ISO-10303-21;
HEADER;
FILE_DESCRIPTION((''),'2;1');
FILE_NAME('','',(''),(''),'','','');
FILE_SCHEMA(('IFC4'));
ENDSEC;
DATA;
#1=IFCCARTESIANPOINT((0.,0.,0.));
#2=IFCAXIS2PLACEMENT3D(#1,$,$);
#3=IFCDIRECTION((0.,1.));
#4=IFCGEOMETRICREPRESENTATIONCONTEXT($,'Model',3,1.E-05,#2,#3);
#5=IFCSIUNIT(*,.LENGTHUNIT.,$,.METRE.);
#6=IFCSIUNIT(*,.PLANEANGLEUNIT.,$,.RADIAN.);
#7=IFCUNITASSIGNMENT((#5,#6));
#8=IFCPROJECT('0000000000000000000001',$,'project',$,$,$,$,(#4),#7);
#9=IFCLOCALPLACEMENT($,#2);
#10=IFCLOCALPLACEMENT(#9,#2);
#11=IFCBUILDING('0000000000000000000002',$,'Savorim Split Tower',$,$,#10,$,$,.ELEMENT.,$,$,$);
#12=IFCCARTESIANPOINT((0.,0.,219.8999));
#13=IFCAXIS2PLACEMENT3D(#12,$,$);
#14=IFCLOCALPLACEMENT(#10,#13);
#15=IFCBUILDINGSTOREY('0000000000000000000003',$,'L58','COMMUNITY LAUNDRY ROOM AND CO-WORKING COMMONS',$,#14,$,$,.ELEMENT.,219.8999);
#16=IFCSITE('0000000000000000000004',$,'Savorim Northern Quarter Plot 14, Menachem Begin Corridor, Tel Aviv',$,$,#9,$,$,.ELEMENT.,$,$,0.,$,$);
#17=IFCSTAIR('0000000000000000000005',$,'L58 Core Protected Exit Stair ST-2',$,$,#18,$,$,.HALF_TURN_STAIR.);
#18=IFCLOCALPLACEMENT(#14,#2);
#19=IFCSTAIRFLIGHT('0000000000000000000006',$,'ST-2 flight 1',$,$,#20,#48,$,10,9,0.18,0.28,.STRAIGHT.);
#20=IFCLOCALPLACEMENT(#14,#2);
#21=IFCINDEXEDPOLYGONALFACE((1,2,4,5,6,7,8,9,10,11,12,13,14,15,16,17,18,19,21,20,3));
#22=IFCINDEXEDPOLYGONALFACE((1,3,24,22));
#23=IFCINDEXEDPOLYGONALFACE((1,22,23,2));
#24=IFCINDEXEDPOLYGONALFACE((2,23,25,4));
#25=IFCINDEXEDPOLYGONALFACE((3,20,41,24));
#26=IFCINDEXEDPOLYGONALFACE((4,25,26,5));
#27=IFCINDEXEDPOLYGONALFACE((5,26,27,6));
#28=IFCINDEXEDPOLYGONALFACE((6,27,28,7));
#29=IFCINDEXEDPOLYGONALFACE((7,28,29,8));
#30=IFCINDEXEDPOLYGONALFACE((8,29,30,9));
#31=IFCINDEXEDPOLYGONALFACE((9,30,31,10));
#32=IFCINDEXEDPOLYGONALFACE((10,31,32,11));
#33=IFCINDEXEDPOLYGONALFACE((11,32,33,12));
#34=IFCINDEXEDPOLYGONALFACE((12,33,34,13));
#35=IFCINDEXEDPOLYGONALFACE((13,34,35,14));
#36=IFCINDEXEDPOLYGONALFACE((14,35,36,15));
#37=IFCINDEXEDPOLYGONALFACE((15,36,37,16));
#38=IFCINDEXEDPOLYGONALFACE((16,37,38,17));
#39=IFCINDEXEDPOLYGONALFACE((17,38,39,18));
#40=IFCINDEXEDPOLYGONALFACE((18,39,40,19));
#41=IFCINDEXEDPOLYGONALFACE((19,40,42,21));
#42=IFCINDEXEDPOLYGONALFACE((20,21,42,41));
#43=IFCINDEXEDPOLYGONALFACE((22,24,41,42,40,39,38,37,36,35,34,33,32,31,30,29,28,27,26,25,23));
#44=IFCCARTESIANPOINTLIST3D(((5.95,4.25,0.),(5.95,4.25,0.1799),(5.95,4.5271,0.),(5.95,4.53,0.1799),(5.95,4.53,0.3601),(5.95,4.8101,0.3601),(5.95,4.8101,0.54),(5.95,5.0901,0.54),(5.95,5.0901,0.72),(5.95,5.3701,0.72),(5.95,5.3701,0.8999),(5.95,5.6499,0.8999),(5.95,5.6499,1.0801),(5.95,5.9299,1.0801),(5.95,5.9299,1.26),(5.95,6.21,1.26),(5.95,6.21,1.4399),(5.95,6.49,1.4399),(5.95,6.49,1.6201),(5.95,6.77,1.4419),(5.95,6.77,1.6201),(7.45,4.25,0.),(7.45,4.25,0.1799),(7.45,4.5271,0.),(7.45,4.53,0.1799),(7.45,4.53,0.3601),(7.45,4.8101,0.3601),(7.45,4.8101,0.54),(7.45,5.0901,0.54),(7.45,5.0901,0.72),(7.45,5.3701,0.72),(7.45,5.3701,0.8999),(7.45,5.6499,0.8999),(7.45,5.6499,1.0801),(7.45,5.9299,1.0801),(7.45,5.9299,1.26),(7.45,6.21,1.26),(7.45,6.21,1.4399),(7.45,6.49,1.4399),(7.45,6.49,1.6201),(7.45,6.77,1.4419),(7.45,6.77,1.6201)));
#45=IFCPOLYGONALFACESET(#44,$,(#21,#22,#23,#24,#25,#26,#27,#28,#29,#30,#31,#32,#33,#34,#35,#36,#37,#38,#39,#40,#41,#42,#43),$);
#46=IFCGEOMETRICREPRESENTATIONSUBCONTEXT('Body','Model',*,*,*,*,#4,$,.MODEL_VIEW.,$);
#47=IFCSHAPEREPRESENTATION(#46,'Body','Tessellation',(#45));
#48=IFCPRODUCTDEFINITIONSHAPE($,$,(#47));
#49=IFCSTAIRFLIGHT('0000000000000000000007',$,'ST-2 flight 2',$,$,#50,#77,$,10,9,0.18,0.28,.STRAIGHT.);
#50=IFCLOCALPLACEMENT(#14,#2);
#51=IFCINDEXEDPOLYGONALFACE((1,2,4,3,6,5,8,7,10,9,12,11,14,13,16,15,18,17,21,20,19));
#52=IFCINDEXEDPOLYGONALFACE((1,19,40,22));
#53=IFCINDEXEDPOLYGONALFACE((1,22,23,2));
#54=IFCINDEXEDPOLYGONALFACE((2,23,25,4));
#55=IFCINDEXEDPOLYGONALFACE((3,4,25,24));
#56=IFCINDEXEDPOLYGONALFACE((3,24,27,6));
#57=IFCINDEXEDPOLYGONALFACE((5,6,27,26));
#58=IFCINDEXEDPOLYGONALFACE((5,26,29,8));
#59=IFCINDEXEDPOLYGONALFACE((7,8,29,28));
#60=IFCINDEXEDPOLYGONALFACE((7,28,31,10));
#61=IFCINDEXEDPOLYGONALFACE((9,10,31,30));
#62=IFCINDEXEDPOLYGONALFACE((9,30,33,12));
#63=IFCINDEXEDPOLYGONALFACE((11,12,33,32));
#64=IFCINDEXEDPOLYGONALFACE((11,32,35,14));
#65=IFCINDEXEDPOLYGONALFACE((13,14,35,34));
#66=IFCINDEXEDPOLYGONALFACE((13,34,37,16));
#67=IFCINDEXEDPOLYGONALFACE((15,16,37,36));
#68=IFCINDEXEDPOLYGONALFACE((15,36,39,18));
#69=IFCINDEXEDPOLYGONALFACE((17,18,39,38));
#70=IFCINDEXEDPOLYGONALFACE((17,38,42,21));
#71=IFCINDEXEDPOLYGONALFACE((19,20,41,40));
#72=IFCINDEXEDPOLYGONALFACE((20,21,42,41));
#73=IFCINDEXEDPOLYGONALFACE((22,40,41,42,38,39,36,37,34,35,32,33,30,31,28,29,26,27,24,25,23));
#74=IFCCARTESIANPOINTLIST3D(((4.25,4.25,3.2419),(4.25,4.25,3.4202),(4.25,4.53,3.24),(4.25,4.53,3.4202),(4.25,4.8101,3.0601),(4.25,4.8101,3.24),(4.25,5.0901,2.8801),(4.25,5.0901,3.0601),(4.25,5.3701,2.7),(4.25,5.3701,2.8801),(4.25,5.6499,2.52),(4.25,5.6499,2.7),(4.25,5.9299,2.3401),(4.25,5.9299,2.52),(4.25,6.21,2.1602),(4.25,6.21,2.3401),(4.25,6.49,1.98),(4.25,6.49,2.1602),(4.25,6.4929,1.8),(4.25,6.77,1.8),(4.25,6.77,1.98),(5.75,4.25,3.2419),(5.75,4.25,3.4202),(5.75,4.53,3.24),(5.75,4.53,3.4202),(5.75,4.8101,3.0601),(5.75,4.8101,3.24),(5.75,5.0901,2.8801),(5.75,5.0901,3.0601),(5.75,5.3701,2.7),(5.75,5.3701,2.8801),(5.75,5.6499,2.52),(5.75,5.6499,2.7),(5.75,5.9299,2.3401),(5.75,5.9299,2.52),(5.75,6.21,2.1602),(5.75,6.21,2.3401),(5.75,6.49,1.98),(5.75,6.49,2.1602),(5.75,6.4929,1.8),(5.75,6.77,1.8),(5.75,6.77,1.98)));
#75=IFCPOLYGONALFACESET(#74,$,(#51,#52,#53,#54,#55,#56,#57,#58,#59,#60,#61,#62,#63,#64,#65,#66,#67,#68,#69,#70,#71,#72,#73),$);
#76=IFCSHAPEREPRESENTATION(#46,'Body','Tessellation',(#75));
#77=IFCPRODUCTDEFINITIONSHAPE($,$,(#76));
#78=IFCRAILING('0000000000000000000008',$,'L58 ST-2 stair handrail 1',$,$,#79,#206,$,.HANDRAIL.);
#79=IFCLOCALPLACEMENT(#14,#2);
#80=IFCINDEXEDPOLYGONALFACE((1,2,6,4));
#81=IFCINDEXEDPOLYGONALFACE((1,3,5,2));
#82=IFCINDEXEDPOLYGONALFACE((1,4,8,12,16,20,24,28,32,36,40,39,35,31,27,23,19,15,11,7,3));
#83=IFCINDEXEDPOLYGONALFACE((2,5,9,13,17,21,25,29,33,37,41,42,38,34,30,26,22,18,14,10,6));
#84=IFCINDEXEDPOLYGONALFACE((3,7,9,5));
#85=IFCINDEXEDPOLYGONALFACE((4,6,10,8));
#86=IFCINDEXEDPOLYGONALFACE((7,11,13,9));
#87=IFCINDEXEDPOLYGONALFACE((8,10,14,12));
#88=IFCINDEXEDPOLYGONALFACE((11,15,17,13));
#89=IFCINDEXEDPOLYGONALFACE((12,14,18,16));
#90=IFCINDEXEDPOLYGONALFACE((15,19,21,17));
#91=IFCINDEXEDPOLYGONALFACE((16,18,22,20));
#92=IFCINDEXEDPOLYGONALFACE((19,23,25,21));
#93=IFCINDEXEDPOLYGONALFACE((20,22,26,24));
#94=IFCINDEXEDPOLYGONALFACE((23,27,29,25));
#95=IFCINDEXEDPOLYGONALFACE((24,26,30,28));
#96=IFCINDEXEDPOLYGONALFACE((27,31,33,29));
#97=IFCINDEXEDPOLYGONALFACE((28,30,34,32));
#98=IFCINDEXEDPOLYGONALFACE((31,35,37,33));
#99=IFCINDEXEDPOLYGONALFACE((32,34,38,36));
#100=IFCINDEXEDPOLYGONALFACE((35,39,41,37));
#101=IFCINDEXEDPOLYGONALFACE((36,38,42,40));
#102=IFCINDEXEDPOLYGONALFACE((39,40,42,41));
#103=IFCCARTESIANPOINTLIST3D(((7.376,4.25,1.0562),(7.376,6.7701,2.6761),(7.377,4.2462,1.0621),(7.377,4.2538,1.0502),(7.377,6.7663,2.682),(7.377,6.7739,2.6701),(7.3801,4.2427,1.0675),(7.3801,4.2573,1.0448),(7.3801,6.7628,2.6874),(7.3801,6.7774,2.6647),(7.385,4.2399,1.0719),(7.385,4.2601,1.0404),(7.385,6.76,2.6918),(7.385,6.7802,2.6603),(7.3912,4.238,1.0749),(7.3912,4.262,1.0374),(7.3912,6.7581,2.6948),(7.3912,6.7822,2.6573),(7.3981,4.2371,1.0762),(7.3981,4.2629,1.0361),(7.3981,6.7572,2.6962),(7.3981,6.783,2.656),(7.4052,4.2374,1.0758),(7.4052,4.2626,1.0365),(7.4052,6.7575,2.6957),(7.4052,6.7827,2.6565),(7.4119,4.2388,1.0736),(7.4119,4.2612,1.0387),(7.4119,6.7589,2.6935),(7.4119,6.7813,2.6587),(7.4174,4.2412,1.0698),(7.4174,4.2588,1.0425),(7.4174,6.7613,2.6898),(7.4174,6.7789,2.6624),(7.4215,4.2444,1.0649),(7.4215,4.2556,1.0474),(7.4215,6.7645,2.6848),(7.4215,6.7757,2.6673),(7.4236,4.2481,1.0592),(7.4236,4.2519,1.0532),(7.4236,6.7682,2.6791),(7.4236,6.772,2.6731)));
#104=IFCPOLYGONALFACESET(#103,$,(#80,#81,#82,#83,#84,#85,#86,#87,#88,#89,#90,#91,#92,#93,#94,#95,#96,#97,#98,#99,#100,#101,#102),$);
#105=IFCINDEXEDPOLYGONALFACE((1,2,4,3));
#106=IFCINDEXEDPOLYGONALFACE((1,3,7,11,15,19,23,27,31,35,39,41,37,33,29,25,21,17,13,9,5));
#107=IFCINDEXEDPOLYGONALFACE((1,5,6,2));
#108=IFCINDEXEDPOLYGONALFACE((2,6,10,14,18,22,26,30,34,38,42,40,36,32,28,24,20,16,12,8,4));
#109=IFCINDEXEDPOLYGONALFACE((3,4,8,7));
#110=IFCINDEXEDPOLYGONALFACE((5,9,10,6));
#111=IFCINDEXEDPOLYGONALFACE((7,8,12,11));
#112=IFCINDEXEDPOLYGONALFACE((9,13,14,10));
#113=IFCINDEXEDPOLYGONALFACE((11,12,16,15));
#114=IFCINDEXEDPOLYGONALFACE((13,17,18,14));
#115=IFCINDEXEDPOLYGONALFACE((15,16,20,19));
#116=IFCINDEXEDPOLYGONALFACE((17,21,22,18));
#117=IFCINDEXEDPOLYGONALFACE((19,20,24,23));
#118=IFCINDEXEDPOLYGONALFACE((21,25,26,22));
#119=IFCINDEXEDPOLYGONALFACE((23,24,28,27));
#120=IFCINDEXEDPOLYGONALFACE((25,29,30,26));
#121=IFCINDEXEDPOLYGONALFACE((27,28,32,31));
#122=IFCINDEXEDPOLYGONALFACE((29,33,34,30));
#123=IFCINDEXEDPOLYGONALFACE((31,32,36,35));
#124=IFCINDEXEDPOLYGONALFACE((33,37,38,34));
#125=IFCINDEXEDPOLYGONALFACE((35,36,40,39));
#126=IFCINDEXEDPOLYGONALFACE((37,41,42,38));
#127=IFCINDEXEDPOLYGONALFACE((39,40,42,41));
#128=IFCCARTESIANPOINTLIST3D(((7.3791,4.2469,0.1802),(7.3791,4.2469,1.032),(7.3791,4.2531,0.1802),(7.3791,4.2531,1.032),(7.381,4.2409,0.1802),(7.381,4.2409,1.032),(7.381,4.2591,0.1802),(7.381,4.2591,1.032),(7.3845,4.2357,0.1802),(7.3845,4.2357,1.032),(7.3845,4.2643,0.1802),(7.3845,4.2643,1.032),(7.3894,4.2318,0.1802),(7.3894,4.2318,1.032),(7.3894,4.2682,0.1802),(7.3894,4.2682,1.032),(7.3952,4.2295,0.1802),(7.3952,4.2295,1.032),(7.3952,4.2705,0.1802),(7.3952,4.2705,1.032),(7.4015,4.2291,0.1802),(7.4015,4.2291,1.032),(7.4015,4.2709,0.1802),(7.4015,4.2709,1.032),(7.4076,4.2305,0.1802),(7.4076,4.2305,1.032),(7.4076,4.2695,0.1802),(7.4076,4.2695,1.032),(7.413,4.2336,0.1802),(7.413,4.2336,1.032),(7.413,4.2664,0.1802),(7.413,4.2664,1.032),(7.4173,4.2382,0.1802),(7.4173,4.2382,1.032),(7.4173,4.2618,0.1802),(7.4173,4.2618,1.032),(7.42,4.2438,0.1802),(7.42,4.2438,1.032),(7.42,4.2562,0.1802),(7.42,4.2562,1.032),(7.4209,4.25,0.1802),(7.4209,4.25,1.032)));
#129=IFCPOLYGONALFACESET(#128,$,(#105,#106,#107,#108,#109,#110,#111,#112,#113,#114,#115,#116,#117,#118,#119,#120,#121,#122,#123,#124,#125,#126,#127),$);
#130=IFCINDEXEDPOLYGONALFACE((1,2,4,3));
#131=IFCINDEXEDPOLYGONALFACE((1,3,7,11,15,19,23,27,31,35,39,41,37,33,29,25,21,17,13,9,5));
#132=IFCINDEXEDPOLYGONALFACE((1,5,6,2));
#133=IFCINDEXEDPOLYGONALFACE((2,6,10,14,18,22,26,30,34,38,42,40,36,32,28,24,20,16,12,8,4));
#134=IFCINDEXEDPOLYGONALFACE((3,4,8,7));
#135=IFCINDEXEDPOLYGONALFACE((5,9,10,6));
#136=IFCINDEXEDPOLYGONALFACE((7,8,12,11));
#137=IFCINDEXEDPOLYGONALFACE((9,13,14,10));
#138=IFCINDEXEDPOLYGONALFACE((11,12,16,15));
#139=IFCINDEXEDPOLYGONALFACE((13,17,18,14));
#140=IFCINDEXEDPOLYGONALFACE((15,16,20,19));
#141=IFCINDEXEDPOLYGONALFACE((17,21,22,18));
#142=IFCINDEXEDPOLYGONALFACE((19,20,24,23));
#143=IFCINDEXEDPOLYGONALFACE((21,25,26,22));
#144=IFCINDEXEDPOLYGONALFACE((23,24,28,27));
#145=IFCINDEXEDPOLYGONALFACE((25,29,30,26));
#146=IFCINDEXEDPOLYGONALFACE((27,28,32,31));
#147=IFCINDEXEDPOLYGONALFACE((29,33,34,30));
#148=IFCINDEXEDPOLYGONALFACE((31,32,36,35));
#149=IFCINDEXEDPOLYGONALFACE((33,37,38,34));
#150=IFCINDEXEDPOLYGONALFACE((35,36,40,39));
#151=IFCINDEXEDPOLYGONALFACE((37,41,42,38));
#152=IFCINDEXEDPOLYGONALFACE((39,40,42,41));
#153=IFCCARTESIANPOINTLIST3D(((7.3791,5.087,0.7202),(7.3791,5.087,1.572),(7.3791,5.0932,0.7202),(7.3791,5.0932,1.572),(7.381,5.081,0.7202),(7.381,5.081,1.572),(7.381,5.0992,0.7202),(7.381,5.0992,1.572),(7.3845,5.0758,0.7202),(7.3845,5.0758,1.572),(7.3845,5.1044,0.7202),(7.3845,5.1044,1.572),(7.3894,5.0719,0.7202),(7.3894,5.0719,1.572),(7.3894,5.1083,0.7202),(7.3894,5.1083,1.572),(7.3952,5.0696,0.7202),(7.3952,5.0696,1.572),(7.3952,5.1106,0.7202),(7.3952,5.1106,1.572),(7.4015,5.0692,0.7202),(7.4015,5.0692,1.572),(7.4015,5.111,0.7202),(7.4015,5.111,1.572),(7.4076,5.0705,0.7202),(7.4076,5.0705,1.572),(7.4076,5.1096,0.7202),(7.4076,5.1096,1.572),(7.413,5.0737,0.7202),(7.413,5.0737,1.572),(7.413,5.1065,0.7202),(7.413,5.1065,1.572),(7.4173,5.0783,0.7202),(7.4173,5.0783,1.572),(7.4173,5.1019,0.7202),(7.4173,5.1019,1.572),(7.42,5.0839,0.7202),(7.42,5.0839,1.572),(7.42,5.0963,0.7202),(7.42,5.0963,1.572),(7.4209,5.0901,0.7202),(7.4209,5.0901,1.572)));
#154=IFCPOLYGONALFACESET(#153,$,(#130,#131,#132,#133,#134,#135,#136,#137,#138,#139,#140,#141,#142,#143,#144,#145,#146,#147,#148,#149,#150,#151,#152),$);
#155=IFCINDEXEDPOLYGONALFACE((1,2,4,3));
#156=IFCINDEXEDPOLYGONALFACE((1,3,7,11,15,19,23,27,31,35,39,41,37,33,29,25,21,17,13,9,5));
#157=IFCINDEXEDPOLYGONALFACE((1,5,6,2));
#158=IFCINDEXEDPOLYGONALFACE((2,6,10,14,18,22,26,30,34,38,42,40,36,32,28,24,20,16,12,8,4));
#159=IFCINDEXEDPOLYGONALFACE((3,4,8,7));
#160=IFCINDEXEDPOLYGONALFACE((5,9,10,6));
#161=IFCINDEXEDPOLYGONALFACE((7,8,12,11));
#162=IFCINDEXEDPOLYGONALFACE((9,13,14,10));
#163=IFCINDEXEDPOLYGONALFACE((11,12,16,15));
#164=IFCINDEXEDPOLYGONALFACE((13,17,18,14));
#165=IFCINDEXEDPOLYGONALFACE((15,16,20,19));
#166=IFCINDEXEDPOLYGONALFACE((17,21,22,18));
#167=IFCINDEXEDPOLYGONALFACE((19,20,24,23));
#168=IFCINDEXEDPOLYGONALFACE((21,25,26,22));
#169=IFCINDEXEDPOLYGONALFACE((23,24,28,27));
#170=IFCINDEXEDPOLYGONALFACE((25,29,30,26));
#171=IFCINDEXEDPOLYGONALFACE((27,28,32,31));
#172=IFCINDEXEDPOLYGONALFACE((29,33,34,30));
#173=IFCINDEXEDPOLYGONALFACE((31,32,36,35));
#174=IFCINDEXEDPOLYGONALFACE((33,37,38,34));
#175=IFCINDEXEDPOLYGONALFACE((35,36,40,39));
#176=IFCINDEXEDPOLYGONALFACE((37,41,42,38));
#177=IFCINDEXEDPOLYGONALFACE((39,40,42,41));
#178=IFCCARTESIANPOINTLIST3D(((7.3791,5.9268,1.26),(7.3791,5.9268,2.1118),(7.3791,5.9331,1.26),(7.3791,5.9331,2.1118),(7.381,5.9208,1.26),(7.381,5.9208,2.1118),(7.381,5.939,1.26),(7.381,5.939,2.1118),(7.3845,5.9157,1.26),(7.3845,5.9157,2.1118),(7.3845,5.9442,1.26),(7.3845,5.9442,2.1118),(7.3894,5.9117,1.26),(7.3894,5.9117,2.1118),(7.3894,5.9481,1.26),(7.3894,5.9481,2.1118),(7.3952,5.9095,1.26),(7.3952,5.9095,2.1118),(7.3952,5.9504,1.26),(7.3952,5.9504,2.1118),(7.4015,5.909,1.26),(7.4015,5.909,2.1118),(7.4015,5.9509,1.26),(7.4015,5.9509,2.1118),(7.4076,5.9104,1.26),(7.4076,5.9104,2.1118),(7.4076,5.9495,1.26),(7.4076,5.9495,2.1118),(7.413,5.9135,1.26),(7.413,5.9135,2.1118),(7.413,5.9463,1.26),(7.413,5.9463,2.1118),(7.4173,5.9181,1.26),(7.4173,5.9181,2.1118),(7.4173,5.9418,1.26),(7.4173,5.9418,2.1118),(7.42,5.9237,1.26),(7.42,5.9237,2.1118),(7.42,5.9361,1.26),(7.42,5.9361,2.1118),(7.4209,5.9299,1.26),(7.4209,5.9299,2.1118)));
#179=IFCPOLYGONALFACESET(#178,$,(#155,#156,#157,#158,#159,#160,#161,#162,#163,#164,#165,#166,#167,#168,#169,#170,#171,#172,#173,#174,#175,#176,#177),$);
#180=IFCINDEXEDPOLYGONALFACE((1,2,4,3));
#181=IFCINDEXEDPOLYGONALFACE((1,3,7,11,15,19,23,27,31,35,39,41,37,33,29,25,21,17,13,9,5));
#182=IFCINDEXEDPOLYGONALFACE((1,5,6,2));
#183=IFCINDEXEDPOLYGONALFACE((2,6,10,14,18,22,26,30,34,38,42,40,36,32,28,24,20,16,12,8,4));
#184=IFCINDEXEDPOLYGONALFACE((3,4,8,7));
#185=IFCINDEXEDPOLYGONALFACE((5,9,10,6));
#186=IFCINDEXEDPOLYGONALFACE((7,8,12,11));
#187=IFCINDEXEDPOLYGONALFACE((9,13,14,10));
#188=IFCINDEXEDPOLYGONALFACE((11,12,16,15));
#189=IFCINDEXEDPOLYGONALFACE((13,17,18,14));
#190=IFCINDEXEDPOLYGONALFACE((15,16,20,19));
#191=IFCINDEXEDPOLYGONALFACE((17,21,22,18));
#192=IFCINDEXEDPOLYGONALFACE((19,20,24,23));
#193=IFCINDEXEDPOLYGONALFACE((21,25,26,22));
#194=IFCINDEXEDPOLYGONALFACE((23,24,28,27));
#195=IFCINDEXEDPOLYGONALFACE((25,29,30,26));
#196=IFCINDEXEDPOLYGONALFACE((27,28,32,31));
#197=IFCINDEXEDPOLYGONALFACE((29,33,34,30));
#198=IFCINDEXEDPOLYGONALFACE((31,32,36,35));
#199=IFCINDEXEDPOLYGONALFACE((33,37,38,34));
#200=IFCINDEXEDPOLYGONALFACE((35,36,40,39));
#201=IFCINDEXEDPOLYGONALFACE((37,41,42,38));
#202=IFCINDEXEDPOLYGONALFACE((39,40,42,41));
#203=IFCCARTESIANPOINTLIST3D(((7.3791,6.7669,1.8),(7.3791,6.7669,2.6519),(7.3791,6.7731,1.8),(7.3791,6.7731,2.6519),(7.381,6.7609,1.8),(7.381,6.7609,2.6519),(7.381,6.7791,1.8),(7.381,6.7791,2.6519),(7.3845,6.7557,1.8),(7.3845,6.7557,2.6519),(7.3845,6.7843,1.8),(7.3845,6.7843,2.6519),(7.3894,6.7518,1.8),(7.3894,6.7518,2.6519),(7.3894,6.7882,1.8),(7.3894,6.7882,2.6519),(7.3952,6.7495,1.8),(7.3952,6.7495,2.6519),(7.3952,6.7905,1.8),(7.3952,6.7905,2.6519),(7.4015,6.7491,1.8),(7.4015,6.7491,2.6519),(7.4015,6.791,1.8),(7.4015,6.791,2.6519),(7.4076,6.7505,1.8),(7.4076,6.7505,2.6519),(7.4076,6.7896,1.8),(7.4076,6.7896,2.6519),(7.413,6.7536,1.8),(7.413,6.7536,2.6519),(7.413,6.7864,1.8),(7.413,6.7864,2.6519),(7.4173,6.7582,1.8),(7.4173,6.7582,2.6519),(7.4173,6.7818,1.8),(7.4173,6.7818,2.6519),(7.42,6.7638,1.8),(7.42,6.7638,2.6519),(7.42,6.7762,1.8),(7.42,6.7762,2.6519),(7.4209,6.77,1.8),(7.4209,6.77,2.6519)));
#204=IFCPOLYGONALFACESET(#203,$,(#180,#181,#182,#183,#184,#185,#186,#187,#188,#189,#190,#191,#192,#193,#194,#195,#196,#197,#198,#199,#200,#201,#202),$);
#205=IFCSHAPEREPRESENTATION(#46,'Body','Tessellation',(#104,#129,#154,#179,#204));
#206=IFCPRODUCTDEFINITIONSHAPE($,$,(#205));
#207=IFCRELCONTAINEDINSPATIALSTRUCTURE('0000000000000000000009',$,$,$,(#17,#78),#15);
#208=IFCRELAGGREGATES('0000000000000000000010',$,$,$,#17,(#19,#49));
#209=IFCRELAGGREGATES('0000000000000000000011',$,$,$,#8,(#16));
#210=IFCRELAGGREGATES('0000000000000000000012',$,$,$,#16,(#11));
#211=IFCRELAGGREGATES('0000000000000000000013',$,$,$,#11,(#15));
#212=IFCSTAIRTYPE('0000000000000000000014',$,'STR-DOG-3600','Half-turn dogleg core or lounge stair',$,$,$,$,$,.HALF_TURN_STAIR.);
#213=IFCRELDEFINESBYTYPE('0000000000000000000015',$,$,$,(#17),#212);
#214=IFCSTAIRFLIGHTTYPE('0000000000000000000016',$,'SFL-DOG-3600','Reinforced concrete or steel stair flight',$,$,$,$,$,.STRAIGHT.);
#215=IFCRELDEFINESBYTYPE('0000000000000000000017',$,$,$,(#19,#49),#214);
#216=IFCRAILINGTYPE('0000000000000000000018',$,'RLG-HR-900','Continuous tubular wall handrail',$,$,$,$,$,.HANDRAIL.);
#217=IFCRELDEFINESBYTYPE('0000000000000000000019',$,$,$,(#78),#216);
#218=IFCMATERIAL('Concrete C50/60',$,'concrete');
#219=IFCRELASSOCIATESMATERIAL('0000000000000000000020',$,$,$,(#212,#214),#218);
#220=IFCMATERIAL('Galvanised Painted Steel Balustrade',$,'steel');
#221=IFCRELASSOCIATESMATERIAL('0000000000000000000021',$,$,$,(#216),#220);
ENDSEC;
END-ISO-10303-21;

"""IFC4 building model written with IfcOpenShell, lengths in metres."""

from ifc_helpers import new_model, si_unit, direction, frame, origin, origin_2d, place, context, subcontext, project, spatial, polyline, circle, outline, extrude, material, type_object, element, aggregate, save


model = new_model("IFC4")

# Units and contexts
model_context = context("Model", 3, precision=1e-05, world=origin(), true_north=direction((0.0, 1.0)))
body_context = subcontext(model_context, "Body", "Model", "MODEL_VIEW")
ifc_project = project(units=[si_unit("LENGTHUNIT", "METRE"), si_unit("PLANEANGLEUNIT", "RADIAN")], contexts=[model_context])

# Site, building, storey
site_placement = place(None, origin())
site = spatial("IfcSite", under=ifc_project, at=site_placement, Name="Savorim Northern Quarter Plot 14, Menachem Begin Corridor, Tel Aviv", CompositionType="ELEMENT", RefElevation=0.0)
building_placement = place(site_placement, origin())
building = spatial("IfcBuilding", under=site, at=building_placement, Name="Savorim Split Tower", CompositionType="ELEMENT")
storey_placement = place(building_placement, frame((0.0, 0.0, 219.8999)))
storey = spatial("IfcBuildingStorey", under=building, at=storey_placement, Name="L58", Description="COMMUNITY LAUNDRY ROOM AND CO-WORKING COMMONS", CompositionType="ELEMENT", Elevation=219.8999)

# Stair, stair flights
ifc_material_1 = material(Name="Concrete C50/60", Category="concrete")
stair_type = type_object("IfcStairType", Name="STR-DOG-3600", Description="Half-turn dogleg core or lounge stair", PredefinedType="HALF_TURN_STAIR", material=ifc_material_1)
stair_placement = place(storey_placement, origin())
stair = element("IfcStair", 1, at=stair_placement, inside=storey, type_object=stair_type, Name="L58 Core Protected Exit Stair ST-2", PredefinedType="HALF_TURN_STAIR")
stair_flight_type = type_object("IfcStairFlightType", Name="SFL-DOG-3600", Description="Reinforced concrete or steel stair flight", PredefinedType="STRAIGHT", material=ifc_material_1)
stair_flight_1_placement = place(storey_placement, frame((6.7, 4.25, 0.0), z_axis=(0.0, 0.0, 1.0), x_axis=(0.0, 1.0, 0.0)))
stair_flight_1 = element("IfcStairFlight", 2, at=stair_flight_1_placement, type_object=stair_flight_type, Name="ST-2 flight 1", NumberOfRisers=10, NumberOfTreads=9, PredefinedType="STRAIGHT", RiserHeight=0.18, TreadLength=0.28, context=body_context, shape_type="SweptSolid", body=[
    extrude(outline(polyline([(0.0, 0.0), (0.0, 0.1799), (0.28, 0.1799), (0.28, 0.3601), (0.5601, 0.3601), (0.5601, 0.54), (0.8401, 0.54), (0.8401, 0.72), (1.1201, 0.72), (1.1201, 0.8999), (1.3999, 0.8999), (1.3999, 1.0801), (1.6799, 1.0801), (1.6799, 1.26), (1.96, 1.26), (1.96, 1.4399), (2.24, 1.4399), (2.24, 1.6201), (2.52, 1.6201), (2.52, 1.8), (2.52, 1.4419), (0.2771, 0.0), (0.0, 0.0)])), frame((0.0, 0.75, 0.0), z_axis=(0.0, -1.0, 0.0), x_axis=(1.0, 0.0, 0.0)), (0.0, 0.0, 1.0), 1.5),
])
stair_flight_2_placement = place(storey_placement, frame((5.0, 6.77, 1.8), z_axis=(0.0, 0.0, 1.0), x_axis=(0.0, -1.0, 0.0)))
stair_flight_2 = element("IfcStairFlight", 3, at=stair_flight_2_placement, type_object=stair_flight_type, Name="ST-2 flight 2", NumberOfRisers=10, NumberOfTreads=9, PredefinedType="STRAIGHT", RiserHeight=0.18, TreadLength=0.28, context=body_context, shape_type="SweptSolid", body=[
    extrude(outline(polyline([(0.0, 0.0), (0.0, 0.1799), (0.28, 0.1799), (0.28, 0.3601), (0.5601, 0.3601), (0.5601, 0.54), (0.8401, 0.54), (0.8401, 0.72), (1.1201, 0.72), (1.1201, 0.8999), (1.3999, 0.8999), (1.3999, 1.0801), (1.6799, 1.0801), (1.6799, 1.26), (1.96, 1.26), (1.96, 1.4399), (2.24, 1.4399), (2.24, 1.6201), (2.52, 1.6201), (2.52, 1.8), (2.52, 1.4419), (0.2771, 0.0), (0.0, 0.0)])), frame((0.0, 0.75, 0.0), z_axis=(0.0, -1.0, 0.0), x_axis=(1.0, 0.0, 0.0)), (0.0, 0.0, 1.0), 1.5),
])
aggregate(stair, [stair_flight_1, stair_flight_2])

# Railing
ifc_material_2 = material(Name="Galvanised Painted Steel Balustrade", Category="steel")
railing_type_1 = type_object("IfcRailingType", Name="RLG-HR-900", Description="Continuous tubular wall handrail", PredefinedType="HANDRAIL", material=ifc_material_2)
railing_1_placement = place(storey_placement, frame((7.3999, 4.25, 0.1802)))
element("IfcRailing", 4, at=railing_1_placement, inside=storey, type_object=railing_type_1, Name="L58 ST-2 stair handrail 1", PredefinedType="HANDRAIL", context=body_context, shape_type="SweptSolid", body=[
    extrude(circle(Radius=0.0239, at=origin_2d()), frame((0.0, 0.0, 0.876), z_axis=(0.0, 0.8412, 0.540725), x_axis=(-1.0, 0.0, 0.0)), (0.0, 0.0, 1.0), 2.9958),
    extrude(circle(Radius=0.021, at=origin_2d()), origin(), (0.0, 0.0, 1.0), 0.8518),
    extrude(circle(Radius=0.021, at=origin_2d()), frame((0.0, 0.8401, 0.54)), (0.0, 0.0, 1.0), 0.8518),
    extrude(circle(Radius=0.021, at=origin_2d()), frame((0.0, 1.6799, 1.0798)), (0.0, 0.0, 1.0), 0.8518),
    extrude(circle(Radius=0.021, at=origin_2d()), frame((0.0, 2.52, 1.6199)), (0.0, 0.0, 1.0), 0.8518),
])

save(model, "model.ifc")
